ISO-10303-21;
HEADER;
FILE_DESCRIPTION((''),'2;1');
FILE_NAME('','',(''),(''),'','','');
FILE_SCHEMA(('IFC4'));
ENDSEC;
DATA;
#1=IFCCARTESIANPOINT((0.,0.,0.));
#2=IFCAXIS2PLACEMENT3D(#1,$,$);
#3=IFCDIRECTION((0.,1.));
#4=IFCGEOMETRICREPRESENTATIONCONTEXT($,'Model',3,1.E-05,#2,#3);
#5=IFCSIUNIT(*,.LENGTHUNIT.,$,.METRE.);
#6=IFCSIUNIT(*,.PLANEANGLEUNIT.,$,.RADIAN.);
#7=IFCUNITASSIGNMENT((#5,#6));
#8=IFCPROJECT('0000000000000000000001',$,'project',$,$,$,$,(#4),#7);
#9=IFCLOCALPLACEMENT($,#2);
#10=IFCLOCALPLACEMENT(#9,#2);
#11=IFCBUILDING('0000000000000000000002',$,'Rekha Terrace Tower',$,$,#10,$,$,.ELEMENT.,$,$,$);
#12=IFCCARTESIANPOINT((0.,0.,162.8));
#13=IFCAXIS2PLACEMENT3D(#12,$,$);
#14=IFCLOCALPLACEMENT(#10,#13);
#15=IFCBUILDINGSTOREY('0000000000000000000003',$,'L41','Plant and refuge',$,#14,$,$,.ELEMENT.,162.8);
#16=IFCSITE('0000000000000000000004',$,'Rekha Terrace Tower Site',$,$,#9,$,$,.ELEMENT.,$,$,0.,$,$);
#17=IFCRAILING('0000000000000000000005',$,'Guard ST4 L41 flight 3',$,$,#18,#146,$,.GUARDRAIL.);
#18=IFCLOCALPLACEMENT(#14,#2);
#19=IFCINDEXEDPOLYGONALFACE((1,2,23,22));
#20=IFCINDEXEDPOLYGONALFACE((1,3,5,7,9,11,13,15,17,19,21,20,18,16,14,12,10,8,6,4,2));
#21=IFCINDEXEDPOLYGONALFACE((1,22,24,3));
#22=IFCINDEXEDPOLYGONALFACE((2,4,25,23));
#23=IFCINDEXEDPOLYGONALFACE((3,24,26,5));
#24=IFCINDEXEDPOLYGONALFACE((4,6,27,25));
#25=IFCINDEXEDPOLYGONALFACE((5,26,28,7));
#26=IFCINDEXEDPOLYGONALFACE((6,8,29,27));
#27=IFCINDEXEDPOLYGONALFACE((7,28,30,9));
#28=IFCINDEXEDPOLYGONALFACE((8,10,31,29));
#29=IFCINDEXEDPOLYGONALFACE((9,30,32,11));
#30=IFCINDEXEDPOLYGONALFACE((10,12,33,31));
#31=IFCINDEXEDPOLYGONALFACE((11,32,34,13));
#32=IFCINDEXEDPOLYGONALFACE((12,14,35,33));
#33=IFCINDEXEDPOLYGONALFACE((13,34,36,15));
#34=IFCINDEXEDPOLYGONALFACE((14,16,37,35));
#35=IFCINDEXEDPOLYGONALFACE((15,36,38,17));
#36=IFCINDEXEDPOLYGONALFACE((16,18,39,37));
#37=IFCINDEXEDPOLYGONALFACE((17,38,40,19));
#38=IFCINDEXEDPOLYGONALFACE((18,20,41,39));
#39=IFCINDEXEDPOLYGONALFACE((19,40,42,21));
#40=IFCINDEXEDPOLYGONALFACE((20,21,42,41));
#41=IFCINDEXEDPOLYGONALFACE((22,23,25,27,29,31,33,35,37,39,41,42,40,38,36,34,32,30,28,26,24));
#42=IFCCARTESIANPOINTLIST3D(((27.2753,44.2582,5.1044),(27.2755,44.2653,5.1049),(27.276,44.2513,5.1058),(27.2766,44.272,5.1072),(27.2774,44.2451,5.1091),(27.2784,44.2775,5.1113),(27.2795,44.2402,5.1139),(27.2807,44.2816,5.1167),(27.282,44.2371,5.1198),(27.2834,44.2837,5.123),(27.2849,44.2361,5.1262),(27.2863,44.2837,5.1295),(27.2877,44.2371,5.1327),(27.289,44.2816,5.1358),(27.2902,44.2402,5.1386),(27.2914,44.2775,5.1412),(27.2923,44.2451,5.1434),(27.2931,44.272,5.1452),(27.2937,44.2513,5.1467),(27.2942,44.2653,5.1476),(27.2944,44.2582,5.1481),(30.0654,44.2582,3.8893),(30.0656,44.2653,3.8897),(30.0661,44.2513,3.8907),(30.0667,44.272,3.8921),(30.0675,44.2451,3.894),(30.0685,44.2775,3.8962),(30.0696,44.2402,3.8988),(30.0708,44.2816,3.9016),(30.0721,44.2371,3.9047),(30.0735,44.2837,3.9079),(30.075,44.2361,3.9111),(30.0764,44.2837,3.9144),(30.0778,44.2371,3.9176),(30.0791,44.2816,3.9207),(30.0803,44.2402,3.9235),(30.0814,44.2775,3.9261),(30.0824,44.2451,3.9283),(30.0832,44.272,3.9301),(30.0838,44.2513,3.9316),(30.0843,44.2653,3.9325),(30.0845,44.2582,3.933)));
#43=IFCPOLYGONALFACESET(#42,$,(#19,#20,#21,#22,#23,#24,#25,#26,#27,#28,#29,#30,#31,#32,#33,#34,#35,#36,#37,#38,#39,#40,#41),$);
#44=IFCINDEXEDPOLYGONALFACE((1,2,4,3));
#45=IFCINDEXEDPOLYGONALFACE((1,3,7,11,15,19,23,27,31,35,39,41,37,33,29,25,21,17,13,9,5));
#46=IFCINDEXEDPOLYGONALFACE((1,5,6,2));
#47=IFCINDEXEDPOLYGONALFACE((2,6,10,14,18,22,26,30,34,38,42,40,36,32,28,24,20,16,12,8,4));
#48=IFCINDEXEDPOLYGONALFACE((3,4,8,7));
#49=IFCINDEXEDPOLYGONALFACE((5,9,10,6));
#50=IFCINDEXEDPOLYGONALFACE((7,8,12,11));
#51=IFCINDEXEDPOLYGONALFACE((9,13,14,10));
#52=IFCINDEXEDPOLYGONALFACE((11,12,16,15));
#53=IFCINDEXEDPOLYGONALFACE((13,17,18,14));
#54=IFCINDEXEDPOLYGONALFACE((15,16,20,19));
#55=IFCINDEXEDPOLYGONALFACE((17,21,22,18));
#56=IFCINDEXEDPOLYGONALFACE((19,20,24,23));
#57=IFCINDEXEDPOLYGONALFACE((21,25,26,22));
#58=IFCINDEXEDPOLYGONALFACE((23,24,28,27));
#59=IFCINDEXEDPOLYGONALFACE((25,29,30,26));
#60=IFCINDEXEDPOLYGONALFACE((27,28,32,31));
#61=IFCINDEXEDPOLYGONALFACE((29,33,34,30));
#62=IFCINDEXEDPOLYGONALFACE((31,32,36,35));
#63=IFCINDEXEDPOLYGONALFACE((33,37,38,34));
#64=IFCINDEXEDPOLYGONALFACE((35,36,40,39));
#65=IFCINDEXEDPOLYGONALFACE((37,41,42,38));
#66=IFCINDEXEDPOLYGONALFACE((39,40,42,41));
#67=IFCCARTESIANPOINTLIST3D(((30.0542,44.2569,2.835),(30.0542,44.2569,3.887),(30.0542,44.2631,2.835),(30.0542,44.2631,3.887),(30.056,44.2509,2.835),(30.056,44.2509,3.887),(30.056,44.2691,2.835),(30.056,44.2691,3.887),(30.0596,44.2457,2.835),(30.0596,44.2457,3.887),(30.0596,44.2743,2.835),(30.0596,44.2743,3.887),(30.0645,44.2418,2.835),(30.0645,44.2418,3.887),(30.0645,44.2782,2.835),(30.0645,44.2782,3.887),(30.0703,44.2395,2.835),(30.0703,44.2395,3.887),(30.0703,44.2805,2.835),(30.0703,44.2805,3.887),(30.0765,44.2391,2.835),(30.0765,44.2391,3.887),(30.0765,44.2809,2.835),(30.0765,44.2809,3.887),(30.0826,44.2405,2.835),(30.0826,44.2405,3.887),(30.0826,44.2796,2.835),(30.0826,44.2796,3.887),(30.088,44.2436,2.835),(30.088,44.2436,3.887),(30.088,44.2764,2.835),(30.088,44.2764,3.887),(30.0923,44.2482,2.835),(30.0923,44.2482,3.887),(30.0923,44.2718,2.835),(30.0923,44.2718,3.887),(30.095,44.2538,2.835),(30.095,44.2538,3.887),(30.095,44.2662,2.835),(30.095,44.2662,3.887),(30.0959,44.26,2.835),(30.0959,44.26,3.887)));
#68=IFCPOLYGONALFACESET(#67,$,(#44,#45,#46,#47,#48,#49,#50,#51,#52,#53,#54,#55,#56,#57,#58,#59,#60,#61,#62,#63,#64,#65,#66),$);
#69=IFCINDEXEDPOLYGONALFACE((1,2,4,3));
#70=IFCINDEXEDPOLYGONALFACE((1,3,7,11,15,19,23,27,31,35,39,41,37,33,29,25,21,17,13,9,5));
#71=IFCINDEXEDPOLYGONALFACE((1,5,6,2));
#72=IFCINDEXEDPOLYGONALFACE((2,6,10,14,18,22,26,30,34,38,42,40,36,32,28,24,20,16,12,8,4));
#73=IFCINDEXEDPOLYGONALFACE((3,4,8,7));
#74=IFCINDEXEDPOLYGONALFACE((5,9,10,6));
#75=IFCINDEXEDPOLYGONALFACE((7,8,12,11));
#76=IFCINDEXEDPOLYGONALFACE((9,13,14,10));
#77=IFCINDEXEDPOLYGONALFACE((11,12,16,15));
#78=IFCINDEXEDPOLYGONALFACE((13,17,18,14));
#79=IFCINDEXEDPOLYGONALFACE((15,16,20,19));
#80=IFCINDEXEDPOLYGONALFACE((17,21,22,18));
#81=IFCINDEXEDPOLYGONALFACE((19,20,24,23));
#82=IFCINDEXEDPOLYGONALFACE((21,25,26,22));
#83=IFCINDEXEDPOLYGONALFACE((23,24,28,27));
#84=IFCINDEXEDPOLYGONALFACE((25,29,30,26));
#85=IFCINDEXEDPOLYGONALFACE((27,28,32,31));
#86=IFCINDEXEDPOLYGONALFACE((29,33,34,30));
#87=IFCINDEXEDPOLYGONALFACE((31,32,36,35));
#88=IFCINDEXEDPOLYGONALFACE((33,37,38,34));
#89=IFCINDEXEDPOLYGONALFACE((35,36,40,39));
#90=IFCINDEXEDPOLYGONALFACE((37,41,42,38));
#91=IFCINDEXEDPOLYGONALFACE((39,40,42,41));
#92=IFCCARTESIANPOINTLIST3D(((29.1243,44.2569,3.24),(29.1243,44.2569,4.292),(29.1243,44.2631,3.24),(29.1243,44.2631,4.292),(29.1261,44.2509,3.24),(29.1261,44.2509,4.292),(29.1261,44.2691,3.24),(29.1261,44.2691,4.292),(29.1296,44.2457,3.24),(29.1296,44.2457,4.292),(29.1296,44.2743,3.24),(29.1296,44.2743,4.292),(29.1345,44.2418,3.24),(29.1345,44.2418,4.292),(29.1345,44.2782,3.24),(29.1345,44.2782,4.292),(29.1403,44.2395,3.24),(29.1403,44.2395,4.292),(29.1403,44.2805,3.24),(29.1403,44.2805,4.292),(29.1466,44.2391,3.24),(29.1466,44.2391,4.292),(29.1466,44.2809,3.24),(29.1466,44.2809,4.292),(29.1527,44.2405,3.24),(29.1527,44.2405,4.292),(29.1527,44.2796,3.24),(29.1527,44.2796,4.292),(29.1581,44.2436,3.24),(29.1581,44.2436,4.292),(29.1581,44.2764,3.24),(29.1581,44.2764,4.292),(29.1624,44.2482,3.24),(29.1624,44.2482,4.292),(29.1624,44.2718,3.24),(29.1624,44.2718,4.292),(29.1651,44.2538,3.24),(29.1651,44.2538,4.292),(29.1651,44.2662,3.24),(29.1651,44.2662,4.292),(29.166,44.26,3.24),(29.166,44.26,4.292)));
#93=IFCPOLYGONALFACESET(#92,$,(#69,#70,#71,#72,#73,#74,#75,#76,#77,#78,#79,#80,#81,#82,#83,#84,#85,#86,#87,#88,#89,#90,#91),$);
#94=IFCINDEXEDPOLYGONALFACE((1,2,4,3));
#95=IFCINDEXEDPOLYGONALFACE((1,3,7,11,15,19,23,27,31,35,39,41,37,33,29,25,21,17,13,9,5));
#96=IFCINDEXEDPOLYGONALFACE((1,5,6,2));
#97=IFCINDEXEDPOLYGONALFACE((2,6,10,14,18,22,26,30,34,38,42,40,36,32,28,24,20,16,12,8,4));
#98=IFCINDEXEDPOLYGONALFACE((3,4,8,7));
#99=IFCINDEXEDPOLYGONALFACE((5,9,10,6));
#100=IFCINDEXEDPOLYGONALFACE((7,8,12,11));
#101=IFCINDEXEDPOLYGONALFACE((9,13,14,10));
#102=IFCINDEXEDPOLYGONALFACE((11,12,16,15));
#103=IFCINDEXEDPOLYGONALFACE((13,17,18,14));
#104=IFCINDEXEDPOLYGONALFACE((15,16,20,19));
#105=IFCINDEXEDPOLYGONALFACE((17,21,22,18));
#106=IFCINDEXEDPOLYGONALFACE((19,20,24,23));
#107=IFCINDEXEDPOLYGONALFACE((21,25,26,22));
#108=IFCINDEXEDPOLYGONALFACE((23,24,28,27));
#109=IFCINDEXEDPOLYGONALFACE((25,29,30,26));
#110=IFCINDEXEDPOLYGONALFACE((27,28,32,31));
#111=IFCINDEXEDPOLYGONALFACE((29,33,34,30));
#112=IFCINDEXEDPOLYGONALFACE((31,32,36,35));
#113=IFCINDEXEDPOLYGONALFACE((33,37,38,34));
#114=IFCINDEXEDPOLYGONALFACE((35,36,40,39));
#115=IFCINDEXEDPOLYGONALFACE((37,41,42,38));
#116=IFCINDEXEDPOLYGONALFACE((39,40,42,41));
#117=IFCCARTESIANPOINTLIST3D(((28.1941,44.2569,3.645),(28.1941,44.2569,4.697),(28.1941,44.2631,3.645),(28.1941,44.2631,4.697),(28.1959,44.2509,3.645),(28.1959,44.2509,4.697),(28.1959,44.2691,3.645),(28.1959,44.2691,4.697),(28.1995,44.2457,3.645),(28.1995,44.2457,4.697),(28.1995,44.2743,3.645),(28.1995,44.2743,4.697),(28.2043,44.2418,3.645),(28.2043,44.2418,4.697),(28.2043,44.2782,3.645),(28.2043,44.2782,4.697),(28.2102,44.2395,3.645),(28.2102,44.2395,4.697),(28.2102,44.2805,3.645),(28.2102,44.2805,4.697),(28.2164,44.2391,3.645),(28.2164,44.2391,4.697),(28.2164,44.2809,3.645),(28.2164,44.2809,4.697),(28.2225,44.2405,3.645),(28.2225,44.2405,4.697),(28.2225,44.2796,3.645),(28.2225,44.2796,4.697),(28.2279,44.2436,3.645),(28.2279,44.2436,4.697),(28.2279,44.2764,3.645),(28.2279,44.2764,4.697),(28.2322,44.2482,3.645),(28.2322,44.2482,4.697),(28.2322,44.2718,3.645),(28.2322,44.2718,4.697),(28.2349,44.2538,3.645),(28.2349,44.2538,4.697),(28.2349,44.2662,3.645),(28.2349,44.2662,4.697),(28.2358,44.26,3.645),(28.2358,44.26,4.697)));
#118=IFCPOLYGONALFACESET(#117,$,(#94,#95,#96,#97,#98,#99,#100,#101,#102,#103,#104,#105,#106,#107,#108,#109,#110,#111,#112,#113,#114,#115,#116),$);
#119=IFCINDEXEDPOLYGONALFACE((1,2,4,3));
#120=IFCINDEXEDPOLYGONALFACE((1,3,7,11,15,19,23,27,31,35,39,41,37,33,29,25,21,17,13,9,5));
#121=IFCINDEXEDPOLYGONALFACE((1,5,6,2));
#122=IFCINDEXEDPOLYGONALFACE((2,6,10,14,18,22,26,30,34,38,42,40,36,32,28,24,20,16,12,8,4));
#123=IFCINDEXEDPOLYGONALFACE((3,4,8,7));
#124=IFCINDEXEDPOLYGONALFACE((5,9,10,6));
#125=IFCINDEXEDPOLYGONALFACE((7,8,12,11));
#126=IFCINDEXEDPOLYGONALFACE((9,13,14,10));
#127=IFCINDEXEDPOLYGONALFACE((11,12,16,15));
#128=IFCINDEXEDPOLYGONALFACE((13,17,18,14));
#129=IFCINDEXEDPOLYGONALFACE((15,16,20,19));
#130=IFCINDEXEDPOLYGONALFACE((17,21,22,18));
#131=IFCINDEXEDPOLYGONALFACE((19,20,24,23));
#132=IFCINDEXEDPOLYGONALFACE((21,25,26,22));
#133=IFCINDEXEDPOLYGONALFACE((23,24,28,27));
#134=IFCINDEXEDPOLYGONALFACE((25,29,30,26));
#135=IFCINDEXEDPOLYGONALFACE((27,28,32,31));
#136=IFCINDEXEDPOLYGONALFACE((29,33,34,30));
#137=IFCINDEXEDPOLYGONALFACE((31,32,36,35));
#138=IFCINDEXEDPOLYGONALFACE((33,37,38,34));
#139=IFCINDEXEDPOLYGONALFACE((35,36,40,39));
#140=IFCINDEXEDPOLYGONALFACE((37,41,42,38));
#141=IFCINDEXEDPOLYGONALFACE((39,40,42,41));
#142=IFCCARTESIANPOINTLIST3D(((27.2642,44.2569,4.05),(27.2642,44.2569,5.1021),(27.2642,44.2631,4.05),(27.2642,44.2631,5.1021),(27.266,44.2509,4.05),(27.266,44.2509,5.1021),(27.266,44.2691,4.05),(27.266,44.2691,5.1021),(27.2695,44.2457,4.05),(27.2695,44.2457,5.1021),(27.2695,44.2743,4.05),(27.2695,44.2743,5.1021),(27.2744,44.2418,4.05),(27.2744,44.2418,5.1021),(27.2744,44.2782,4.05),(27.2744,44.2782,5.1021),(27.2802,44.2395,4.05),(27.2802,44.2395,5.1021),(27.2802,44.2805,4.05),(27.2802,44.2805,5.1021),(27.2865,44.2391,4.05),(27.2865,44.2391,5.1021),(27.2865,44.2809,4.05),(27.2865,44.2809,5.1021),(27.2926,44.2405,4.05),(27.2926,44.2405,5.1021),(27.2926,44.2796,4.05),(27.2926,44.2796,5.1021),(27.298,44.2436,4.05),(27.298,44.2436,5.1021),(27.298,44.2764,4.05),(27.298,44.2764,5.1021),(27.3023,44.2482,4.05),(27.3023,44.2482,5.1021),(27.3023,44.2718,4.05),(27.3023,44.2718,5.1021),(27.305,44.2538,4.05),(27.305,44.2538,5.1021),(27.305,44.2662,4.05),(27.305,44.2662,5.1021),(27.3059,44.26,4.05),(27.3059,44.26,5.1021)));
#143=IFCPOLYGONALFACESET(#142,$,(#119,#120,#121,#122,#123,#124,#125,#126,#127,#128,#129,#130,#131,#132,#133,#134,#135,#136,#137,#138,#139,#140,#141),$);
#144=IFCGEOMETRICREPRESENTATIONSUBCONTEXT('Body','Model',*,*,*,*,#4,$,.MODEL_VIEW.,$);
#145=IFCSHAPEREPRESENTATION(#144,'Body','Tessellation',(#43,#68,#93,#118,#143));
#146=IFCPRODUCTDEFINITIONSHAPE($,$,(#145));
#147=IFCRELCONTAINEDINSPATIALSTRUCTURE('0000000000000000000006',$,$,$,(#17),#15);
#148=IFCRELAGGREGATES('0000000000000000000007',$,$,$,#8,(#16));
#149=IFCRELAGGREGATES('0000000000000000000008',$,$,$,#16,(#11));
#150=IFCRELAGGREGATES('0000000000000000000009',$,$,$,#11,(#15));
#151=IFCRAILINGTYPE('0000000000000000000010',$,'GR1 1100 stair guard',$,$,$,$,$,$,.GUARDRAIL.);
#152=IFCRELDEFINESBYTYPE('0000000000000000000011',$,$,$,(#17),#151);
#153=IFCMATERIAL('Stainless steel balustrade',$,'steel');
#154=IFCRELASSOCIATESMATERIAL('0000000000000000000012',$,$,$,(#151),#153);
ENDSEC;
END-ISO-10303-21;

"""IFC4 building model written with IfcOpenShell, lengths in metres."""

from ifc_helpers import new_model, si_unit, direction, frame, origin, origin_2d, place, context, subcontext, project, spatial, circle, extrude, material, type_object, element, save


model = new_model("IFC4")

# Units and contexts
model_context = context("Model", 3, precision=1e-05, world=origin(), true_north=direction((0.0, 1.0)))
body_context = subcontext(model_context, "Body", "Model", "MODEL_VIEW")
ifc_project = project(units=[si_unit("LENGTHUNIT", "METRE"), si_unit("PLANEANGLEUNIT", "RADIAN")], contexts=[model_context])

# Site, building, storey
site_placement = place(None, origin())
site = spatial("IfcSite", under=ifc_project, at=site_placement, Name="Rekha Terrace Tower Site", CompositionType="ELEMENT", RefElevation=0.0)
building_placement = place(site_placement, origin())
building = spatial("IfcBuilding", under=site, at=building_placement, Name="Rekha Terrace Tower", CompositionType="ELEMENT")
storey_placement = place(building_placement, frame((0.0, 0.0, 162.8)))
storey = spatial("IfcBuildingStorey", under=building, at=storey_placement, Name="L41", Description="Plant and refuge", CompositionType="ELEMENT", Elevation=162.8)

# Railing
ifc_material_1 = material(Name="Stainless steel balustrade", Category="steel")
railing_type_1 = type_object("IfcRailingType", Name="GR1 1100 stair guard", PredefinedType="GUARDRAIL", material=ifc_material_1)
railing_1_placement = place(storey_placement, frame((30.075, 44.26, 2.835)))
element("IfcRailing", 1, at=railing_1_placement, inside=storey, type_object=railing_type_1, Name="Guard ST4 L41 flight 3", PredefinedType="GUARDRAIL", context=body_context, shape_type="SweptSolid", body=[
    extrude(circle(Radius=0.0239, at=origin_2d()), frame((0.0, 0.0, 1.0762), z_axis=(-0.916826, 0.0, 0.399286), x_axis=(0.0, -1.0, 0.0)), (0.0, 0.0, 1.0), 3.0432),
    extrude(circle(Radius=0.021, at=origin_2d()), origin(), (0.0, 0.0, 1.0), 1.052),
    extrude(circle(Radius=0.021, at=origin_2d()), frame((-0.9299, 0.0, 0.405)), (0.0, 0.0, 1.0), 1.052),
    extrude(circle(Radius=0.021, at=origin_2d()), frame((-1.8601, 0.0, 0.8101)), (0.0, 0.0, 1.0), 1.052),
    extrude(circle(Radius=0.021, at=origin_2d()), frame((-2.79, 0.0, 1.2151)), (0.0, 0.0, 1.0), 1.052),
])

save(model, "model.ifc")
